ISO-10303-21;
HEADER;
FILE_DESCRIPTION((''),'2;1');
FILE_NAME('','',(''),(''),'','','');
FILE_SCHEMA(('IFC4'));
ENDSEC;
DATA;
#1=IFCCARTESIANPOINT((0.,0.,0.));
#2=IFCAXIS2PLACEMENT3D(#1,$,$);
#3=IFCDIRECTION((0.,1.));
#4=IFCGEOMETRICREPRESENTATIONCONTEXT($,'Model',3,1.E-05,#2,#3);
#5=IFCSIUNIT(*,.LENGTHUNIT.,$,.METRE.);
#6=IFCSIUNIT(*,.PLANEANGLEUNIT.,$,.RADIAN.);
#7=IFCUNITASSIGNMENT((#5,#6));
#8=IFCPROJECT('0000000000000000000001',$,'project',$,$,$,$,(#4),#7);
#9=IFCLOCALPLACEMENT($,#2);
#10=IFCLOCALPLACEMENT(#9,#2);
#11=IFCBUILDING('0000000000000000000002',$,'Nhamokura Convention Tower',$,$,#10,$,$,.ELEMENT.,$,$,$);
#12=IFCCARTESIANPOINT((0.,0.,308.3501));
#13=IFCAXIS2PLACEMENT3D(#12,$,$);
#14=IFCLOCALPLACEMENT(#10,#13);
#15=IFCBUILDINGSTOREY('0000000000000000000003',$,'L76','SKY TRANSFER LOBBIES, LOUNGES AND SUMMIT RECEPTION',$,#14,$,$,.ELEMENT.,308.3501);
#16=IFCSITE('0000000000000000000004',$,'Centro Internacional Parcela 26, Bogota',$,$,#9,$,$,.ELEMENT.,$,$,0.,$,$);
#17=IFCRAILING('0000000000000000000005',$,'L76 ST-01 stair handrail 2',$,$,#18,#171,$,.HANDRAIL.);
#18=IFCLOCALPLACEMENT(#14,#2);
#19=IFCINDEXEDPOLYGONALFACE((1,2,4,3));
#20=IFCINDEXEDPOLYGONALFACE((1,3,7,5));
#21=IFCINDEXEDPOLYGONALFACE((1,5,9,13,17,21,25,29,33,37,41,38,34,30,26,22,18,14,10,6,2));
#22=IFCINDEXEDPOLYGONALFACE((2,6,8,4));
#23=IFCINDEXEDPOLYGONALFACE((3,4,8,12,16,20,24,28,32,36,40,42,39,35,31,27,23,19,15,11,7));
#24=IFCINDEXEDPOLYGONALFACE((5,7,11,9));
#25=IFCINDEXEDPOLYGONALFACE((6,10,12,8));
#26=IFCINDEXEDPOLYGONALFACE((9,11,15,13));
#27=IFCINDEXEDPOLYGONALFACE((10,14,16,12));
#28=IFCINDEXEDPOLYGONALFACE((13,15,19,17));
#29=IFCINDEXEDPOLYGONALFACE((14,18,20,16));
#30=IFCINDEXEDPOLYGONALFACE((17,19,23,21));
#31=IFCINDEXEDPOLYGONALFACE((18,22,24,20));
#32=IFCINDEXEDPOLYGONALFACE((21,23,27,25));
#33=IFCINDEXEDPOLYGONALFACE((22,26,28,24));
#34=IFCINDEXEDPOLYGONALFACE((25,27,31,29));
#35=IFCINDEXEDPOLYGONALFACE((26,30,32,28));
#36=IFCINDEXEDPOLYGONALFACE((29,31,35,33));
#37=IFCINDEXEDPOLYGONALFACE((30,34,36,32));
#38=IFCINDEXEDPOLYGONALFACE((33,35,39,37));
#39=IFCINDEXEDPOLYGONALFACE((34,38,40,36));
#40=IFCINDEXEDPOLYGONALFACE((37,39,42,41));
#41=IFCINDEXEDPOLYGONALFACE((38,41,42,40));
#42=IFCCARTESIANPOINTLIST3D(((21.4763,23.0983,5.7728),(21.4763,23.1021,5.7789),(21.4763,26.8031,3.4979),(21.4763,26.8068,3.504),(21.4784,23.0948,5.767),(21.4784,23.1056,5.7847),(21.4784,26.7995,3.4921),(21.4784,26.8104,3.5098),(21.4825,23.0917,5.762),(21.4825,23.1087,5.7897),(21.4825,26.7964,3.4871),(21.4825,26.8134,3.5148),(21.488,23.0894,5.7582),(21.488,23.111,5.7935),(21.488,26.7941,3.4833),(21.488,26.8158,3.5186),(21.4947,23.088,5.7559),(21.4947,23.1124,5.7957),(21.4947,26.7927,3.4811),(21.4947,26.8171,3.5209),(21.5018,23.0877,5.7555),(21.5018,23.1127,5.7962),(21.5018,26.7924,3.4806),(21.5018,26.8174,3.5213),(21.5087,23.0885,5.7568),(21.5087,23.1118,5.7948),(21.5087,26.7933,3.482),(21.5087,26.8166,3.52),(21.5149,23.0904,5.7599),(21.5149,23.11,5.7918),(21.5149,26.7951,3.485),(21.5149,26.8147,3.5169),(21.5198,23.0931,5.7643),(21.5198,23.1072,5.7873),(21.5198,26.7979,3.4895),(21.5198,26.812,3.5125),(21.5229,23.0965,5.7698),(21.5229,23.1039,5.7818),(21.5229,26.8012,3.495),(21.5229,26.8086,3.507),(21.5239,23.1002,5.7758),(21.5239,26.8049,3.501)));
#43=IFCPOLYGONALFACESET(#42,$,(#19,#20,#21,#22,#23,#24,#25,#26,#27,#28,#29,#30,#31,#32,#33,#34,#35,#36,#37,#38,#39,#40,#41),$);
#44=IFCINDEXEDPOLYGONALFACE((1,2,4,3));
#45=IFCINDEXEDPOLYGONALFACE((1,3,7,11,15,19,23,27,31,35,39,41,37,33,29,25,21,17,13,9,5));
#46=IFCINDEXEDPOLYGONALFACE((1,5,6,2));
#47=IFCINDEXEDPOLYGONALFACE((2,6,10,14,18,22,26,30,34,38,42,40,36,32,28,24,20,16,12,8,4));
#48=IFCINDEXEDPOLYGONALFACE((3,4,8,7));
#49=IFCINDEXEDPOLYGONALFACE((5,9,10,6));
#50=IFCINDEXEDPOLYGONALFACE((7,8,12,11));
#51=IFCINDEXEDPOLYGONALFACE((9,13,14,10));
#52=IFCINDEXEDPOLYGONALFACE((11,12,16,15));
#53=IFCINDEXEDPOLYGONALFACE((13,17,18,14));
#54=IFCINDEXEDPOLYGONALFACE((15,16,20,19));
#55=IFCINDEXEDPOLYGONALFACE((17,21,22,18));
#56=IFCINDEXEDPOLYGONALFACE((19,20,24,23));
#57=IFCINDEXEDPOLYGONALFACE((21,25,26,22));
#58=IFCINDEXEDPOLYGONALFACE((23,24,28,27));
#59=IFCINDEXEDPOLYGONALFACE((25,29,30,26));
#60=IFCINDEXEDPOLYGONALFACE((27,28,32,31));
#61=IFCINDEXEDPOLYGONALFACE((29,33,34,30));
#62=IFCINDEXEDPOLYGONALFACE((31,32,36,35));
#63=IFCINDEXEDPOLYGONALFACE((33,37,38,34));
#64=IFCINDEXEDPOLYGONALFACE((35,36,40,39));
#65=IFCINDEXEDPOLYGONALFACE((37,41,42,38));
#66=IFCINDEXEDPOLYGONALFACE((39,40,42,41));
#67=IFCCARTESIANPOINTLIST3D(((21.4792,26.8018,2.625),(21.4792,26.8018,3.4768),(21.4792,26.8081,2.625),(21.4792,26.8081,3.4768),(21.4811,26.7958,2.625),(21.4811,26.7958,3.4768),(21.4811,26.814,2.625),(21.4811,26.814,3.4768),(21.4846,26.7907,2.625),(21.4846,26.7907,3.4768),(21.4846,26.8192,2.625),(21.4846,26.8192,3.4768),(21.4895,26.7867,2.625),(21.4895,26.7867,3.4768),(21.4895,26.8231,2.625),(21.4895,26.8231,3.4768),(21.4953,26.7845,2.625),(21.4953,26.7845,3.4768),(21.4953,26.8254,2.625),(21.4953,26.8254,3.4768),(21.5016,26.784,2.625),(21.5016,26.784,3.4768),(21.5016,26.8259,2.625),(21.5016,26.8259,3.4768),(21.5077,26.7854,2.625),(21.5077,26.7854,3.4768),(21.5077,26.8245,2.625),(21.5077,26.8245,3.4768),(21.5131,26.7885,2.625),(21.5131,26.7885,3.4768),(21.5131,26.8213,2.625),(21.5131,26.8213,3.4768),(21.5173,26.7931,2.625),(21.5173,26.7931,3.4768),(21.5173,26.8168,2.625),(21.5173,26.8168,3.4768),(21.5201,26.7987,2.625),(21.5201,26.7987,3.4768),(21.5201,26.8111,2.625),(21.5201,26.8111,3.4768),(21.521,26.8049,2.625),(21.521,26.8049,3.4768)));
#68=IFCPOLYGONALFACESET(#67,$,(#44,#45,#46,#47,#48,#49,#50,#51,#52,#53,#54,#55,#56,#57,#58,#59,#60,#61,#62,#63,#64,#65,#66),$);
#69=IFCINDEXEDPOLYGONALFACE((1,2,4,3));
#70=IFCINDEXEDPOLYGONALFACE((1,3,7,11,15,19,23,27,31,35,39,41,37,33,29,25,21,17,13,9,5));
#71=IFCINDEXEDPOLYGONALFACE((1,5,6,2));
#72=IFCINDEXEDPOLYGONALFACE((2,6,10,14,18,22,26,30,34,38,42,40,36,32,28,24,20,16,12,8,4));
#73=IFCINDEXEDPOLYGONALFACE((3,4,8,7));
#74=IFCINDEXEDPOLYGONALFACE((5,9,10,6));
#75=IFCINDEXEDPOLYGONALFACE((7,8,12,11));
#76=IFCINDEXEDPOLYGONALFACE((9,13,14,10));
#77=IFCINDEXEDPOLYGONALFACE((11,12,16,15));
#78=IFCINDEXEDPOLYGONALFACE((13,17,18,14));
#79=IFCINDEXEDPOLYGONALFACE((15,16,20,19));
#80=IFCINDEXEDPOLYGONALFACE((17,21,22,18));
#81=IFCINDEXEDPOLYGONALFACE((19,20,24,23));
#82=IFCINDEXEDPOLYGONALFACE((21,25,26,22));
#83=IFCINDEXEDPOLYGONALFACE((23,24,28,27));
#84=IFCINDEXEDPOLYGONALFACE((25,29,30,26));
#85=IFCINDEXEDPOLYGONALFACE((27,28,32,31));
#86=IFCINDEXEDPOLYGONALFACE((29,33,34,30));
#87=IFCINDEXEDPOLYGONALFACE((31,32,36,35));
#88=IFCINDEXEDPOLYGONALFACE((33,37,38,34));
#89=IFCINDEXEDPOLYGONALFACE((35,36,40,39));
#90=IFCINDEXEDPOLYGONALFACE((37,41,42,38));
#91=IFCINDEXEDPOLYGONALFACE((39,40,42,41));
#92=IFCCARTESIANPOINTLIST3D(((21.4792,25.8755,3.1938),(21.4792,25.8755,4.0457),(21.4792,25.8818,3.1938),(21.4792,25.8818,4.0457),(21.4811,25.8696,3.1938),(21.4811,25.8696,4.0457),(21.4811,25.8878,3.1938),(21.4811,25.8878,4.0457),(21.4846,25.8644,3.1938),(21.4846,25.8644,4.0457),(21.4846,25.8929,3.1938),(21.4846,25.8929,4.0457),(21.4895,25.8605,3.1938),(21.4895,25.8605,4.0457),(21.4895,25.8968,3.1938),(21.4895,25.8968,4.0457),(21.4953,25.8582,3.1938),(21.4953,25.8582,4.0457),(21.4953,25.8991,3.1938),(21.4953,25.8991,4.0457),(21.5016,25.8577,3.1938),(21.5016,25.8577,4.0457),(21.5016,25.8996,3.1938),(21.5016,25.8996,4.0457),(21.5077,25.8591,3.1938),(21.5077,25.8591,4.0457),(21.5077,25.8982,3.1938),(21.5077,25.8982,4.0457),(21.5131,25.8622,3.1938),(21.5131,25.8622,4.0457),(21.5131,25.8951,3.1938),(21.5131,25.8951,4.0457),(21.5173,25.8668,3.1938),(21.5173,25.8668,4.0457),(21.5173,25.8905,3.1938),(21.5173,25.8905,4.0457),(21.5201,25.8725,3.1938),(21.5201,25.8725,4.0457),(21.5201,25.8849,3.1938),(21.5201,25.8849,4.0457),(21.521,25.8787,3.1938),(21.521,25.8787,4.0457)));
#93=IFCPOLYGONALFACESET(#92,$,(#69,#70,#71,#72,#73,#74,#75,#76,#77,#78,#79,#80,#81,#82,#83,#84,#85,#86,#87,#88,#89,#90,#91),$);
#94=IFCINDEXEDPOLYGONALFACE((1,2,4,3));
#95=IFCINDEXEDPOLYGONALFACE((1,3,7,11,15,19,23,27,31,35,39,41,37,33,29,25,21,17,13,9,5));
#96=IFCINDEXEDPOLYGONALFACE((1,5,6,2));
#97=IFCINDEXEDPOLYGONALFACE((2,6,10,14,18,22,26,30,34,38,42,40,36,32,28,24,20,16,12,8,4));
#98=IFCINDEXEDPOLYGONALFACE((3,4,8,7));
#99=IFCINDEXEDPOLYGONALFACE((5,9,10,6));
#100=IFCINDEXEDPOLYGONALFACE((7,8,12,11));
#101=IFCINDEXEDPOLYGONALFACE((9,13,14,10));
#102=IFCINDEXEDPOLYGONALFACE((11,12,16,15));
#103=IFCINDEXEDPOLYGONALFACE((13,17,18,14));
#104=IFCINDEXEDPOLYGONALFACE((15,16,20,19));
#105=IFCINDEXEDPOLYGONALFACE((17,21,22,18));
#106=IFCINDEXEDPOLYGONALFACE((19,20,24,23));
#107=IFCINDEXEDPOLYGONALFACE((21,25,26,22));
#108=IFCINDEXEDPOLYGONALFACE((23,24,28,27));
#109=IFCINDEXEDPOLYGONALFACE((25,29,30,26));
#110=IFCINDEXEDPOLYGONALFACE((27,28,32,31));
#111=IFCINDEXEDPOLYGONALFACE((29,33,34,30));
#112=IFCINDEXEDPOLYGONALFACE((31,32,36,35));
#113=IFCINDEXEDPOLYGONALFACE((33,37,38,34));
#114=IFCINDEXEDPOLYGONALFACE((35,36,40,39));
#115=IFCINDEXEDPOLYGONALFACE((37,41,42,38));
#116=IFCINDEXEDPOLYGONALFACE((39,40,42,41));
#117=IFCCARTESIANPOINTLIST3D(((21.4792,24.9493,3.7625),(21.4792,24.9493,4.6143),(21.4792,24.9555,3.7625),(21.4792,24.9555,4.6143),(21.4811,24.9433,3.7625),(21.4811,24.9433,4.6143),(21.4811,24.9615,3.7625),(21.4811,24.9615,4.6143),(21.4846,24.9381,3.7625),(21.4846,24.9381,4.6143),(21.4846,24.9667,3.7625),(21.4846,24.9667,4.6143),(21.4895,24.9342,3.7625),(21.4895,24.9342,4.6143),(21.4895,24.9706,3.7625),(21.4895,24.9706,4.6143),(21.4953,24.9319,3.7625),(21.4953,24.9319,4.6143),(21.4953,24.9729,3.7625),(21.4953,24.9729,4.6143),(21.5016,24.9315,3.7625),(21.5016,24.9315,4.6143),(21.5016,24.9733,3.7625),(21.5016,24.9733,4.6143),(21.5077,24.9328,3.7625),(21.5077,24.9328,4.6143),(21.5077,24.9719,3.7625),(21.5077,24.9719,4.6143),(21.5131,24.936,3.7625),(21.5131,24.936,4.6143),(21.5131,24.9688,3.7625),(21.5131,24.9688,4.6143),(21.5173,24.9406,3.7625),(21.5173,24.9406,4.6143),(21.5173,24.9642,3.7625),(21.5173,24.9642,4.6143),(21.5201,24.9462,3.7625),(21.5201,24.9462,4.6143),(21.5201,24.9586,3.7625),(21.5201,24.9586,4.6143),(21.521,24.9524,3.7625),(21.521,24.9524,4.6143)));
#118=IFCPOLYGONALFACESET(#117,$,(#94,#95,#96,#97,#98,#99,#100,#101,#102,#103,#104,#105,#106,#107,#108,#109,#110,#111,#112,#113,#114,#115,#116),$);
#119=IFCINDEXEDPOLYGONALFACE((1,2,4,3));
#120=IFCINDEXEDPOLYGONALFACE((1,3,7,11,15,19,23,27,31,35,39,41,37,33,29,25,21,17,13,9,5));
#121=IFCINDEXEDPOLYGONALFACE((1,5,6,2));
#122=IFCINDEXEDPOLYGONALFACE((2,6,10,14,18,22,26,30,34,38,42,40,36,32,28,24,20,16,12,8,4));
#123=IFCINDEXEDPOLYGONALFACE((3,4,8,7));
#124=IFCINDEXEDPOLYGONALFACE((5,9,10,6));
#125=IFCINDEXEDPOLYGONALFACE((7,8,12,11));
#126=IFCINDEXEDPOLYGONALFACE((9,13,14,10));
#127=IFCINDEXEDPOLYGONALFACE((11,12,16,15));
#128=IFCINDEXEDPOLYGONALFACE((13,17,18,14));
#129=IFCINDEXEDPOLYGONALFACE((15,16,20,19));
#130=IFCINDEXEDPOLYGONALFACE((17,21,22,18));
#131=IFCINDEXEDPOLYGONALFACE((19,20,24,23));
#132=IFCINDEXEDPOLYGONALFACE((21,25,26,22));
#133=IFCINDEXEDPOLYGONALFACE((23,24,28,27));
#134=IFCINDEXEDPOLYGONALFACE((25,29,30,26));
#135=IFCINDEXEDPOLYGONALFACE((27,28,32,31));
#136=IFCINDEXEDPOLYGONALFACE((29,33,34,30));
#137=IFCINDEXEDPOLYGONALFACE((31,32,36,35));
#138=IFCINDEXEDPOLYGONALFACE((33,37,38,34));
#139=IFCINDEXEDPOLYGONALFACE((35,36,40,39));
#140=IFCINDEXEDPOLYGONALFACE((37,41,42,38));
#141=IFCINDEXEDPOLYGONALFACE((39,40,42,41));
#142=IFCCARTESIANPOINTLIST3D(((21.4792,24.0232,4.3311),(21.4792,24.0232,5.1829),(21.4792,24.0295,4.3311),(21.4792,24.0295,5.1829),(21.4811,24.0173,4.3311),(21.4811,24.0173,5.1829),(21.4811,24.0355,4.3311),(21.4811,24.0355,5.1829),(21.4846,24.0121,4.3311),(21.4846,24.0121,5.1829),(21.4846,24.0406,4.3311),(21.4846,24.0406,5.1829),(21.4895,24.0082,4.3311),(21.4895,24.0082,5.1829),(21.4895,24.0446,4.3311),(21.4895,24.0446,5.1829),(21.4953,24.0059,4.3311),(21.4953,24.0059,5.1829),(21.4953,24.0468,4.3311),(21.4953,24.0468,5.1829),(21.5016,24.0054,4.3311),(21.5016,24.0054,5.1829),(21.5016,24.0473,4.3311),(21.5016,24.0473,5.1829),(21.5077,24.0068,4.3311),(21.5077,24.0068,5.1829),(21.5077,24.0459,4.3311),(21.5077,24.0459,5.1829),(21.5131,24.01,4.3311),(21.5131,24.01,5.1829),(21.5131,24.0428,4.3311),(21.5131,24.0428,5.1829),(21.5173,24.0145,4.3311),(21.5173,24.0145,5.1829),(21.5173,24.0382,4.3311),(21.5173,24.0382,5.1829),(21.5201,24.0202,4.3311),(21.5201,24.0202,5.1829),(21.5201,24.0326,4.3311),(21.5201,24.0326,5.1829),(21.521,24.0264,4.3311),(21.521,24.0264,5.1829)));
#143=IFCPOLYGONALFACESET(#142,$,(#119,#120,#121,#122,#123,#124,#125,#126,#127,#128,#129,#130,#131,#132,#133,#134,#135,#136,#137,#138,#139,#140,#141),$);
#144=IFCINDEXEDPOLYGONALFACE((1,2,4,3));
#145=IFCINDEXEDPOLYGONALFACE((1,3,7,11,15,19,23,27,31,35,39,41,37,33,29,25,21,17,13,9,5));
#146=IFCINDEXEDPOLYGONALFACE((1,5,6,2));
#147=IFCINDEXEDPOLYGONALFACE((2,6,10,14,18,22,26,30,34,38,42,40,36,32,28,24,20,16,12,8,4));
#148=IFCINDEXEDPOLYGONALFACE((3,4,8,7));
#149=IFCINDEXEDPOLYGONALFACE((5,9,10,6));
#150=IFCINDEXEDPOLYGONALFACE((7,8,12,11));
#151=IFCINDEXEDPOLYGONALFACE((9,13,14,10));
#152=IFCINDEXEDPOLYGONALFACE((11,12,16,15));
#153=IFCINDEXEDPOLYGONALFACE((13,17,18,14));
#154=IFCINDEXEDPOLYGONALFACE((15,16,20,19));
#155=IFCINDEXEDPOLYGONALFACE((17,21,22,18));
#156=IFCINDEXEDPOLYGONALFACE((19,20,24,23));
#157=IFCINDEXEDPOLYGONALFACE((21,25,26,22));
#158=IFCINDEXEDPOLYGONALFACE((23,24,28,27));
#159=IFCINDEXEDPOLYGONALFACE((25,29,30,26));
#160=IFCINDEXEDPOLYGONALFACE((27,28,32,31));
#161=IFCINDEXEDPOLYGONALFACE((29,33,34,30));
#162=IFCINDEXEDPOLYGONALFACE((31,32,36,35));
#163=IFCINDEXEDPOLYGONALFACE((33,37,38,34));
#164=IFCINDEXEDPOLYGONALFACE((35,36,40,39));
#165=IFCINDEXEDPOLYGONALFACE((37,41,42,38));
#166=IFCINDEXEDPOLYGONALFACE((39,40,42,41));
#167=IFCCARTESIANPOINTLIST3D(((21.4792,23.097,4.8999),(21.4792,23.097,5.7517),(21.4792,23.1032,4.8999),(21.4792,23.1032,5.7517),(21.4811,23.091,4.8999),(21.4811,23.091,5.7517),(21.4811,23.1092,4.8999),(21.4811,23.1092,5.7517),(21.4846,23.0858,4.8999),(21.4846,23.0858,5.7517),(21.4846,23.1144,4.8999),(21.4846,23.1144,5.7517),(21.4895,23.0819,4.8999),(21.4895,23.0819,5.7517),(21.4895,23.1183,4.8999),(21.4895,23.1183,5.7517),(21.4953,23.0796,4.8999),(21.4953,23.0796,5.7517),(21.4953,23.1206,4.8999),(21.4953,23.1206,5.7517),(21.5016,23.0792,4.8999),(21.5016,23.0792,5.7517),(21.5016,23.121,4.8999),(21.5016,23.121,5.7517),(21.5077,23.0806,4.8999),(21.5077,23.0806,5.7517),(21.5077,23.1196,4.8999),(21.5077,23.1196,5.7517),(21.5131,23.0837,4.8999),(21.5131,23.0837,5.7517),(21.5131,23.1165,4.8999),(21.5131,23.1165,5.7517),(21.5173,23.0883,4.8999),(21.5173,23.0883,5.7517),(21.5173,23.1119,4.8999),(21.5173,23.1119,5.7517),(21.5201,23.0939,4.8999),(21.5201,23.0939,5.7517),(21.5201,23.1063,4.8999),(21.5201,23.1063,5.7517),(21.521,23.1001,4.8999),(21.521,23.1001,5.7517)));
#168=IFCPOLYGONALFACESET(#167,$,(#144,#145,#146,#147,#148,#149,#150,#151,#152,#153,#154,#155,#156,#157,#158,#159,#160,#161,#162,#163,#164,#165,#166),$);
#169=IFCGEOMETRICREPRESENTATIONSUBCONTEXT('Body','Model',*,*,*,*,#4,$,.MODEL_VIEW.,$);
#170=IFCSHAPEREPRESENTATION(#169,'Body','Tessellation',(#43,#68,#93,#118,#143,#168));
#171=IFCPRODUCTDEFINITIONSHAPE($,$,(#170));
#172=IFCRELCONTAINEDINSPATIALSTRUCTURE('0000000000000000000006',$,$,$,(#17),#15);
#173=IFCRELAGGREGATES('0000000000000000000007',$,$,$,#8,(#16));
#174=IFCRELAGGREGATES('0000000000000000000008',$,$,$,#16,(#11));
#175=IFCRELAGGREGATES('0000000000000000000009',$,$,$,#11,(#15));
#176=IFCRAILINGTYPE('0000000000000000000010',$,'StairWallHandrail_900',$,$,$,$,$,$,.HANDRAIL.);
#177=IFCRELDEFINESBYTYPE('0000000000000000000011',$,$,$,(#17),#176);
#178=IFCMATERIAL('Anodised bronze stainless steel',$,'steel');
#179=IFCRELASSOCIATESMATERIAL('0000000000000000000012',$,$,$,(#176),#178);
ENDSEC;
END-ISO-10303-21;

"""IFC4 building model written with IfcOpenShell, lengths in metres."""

from ifc_helpers import new_model, si_unit, direction, frame, origin, origin_2d, place, context, subcontext, project, spatial, circle, extrude, material, type_object, element, save


model = new_model("IFC4")

# Units and contexts
model_context = context("Model", 3, precision=1e-05, world=origin(), true_north=direction((0.0, 1.0)))
body_context = subcontext(model_context, "Body", "Model", "MODEL_VIEW")
ifc_project = project(units=[si_unit("LENGTHUNIT", "METRE"), si_unit("PLANEANGLEUNIT", "RADIAN")], contexts=[model_context])

# Site, building, storey
site_placement = place(None, origin())
site = spatial("IfcSite", under=ifc_project, at=site_placement, Name="Centro Internacional Parcela 26, Bogota", CompositionType="ELEMENT", RefElevation=0.0)
building_placement = place(site_placement, origin())
building = spatial("IfcBuilding", under=site, at=building_placement, Name="Nhamokura Convention Tower", CompositionType="ELEMENT")
storey_placement = place(building_placement, frame((0.0, 0.0, 308.3501)))
storey = spatial("IfcBuildingStorey", under=building, at=storey_placement, Name="L76", Description="SKY TRANSFER LOBBIES, LOUNGES AND SUMMIT RECEPTION", CompositionType="ELEMENT", Elevation=308.3501)

# Railing
ifc_material_1 = material(Name="Anodised bronze stainless steel", Category="steel")
railing_type_1 = type_object("IfcRailingType", Name="StairWallHandrail_900", PredefinedType="HANDRAIL", material=ifc_material_1)
railing_1_placement = place(storey_placement, frame((21.5, 26.8049, 2.625)))
element("IfcRailing", 1, at=railing_1_placement, inside=storey, type_object=railing_type_1, Name="L76 ST-01 stair handrail 2", PredefinedType="HANDRAIL", context=body_context, shape_type="SweptSolid", body=[
    extrude(circle(Radius=0.0239, at=origin_2d()), frame((0.0, 0.0, 0.876), z_axis=(0.0, -0.852171, 0.523264), x_axis=(1.0, 0.0, 0.0)), (0.0, 0.0, 1.0), 4.3474),
    extrude(circle(Radius=0.021, at=origin_2d()), origin(), (0.0, 0.0, 1.0), 0.8518),
    extrude(circle(Radius=0.021, at=origin_2d()), frame((0.0, -0.9263, 0.5688)), (0.0, 0.0, 1.0), 0.8518),
    extrude(circle(Radius=0.021, at=origin_2d()), frame((0.0, -1.8525, 1.1375)), (0.0, 0.0, 1.0), 0.8518),
    extrude(circle(Radius=0.021, at=origin_2d()), frame((0.0, -2.7786, 1.7061)), (0.0, 0.0, 1.0), 0.8518),
    extrude(circle(Radius=0.021, at=origin_2d()), frame((0.0, -3.7048, 2.2749)), (0.0, 0.0, 1.0), 0.8518),
])

save(model, "model.ifc")
